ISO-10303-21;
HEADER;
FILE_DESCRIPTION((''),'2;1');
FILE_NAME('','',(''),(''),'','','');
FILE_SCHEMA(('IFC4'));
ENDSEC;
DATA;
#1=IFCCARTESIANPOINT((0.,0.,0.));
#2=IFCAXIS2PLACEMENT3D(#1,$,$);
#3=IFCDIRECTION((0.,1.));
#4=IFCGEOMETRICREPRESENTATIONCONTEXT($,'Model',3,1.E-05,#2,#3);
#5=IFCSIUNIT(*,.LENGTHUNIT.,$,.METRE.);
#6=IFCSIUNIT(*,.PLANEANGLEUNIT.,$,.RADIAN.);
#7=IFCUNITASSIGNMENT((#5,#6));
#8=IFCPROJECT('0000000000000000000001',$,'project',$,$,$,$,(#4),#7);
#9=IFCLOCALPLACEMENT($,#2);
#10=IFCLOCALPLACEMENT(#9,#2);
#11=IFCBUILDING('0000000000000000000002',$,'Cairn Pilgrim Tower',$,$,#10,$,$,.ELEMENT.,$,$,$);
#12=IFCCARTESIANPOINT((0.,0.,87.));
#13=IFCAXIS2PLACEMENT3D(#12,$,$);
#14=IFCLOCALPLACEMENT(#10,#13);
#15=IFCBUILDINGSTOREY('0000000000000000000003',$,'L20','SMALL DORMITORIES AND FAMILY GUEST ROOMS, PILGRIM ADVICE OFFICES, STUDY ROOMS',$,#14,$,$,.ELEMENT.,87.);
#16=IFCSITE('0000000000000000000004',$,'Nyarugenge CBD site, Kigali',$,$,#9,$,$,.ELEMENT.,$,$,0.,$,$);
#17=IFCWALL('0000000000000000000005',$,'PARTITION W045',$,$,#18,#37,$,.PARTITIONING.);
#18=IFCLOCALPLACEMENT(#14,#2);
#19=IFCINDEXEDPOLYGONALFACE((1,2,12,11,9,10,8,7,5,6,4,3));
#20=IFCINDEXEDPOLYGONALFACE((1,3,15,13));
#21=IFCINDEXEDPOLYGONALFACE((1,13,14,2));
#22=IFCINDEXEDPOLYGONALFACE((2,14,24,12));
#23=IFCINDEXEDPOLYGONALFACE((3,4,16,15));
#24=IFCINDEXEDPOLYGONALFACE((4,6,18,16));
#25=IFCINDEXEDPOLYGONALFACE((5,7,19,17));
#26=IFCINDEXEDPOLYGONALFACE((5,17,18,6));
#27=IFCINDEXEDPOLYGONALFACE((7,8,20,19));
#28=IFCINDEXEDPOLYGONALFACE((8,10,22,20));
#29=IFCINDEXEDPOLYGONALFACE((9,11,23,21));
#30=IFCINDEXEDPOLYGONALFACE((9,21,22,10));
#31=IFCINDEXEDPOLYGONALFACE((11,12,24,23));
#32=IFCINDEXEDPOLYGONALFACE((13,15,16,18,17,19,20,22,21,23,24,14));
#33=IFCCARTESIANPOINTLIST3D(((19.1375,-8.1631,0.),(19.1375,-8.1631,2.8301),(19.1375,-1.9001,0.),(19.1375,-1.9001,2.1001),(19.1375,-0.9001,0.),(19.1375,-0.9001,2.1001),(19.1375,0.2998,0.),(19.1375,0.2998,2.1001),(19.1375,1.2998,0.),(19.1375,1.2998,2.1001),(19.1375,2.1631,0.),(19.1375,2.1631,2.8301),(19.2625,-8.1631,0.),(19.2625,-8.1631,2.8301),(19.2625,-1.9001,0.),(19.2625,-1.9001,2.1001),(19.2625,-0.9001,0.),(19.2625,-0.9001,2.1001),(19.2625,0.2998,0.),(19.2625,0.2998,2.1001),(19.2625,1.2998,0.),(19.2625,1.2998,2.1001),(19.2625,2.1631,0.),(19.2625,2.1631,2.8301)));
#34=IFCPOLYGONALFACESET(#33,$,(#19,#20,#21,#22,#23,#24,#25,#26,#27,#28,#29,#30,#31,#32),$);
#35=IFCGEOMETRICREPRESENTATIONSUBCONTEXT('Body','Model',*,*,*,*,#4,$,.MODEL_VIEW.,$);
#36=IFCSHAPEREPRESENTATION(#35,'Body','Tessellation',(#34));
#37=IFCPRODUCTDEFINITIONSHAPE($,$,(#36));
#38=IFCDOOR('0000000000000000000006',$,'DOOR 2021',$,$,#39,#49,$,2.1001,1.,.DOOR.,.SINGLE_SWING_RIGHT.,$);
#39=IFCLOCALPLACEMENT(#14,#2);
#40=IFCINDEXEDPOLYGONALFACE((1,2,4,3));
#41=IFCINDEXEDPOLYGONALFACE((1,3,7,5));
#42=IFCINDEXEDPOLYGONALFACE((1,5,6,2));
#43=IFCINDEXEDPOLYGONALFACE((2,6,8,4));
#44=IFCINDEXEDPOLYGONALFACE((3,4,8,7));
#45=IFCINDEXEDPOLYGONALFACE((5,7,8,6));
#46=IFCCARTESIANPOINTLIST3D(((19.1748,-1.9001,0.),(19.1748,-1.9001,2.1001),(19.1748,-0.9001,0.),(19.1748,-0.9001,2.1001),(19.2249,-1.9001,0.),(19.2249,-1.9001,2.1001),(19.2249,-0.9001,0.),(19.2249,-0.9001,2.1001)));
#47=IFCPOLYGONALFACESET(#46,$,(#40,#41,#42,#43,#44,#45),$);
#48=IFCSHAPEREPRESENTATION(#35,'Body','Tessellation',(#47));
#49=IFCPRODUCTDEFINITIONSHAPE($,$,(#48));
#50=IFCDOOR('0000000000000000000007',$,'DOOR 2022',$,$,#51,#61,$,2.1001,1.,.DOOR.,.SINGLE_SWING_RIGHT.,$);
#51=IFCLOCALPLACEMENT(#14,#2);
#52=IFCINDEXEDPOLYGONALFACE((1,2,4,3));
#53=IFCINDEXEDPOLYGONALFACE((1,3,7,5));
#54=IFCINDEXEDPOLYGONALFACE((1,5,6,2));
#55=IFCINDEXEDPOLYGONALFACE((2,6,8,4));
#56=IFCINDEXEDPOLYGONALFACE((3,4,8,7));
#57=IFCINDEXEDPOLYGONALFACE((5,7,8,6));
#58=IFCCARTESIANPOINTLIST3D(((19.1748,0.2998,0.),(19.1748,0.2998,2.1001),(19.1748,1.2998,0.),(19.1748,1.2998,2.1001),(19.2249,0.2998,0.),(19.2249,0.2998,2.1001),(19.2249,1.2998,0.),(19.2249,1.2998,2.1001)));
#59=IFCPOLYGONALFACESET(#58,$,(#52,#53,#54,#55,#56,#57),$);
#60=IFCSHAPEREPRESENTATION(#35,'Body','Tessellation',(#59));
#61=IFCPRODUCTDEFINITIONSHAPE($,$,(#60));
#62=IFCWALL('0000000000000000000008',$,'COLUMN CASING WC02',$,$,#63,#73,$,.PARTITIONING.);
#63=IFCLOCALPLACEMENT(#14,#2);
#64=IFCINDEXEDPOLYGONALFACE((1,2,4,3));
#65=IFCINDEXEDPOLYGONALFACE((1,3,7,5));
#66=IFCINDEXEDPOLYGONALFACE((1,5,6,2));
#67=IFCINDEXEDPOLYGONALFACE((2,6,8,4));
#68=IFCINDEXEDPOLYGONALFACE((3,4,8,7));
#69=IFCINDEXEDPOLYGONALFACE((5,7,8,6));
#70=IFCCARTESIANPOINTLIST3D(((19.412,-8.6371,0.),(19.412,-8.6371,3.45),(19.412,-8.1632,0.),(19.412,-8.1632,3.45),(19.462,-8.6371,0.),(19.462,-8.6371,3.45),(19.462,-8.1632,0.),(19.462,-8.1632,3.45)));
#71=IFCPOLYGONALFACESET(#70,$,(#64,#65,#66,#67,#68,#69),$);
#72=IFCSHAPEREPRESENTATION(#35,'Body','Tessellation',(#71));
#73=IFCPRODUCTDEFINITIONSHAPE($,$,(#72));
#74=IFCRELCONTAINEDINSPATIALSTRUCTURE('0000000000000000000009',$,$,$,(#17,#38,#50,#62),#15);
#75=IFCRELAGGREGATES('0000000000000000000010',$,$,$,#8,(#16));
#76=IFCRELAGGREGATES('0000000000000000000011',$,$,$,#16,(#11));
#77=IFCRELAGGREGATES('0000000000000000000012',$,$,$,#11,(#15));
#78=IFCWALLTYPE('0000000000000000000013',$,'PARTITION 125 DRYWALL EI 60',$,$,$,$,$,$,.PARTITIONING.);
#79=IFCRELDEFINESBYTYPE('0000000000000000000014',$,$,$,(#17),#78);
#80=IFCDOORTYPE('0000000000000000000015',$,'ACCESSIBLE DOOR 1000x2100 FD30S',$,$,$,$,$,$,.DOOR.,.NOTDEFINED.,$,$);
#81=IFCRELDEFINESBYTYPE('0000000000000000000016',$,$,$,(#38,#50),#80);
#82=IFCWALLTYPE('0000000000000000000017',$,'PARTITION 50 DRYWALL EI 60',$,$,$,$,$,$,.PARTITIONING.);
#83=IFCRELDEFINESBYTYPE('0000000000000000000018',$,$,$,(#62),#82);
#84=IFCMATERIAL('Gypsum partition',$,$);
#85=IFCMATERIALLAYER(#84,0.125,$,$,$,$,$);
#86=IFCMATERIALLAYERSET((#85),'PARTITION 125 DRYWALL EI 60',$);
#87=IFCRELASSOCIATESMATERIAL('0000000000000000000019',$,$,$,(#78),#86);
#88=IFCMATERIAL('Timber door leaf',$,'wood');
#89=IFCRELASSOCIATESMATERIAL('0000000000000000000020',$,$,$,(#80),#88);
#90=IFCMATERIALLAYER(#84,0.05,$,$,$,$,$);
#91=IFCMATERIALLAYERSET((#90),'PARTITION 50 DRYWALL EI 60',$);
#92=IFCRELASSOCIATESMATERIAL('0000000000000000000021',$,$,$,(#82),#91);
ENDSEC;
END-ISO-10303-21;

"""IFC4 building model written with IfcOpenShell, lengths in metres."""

from ifc_helpers import new_model, si_unit, direction, frame, frame_2d, origin, place, context, subcontext, project, spatial, rectangle, extrude, material, layer, layer_set, type_object, element, fill, save


model = new_model("IFC4")

# Units and contexts
model_context = context("Model", 3, precision=1e-05, world=origin(), true_north=direction((0.0, 1.0)))
body_context = subcontext(model_context, "Body", "Model", "MODEL_VIEW")
ifc_project = project(units=[si_unit("LENGTHUNIT", "METRE"), si_unit("PLANEANGLEUNIT", "RADIAN")], contexts=[model_context])

# Site, building, storey
site_placement = place(None, origin())
site = spatial("IfcSite", under=ifc_project, at=site_placement, Name="Nyarugenge CBD site, Kigali", CompositionType="ELEMENT", RefElevation=0.0)
building_placement = place(site_placement, origin())
building = spatial("IfcBuilding", under=site, at=building_placement, Name="Cairn Pilgrim Tower", CompositionType="ELEMENT")
storey_placement = place(building_placement, frame((0.0, 0.0, 87.0)))
storey = spatial("IfcBuildingStorey", under=building, at=storey_placement, Name="L20", Description="SMALL DORMITORIES AND FAMILY GUEST ROOMS, PILGRIM ADVICE OFFICES, STUDY ROOMS", CompositionType="ELEMENT", Elevation=87.0)

# Shared definitions
ifc_material_1 = material(Name="Gypsum partition")
ifc_layer_1 = layer(ifc_material_1, 0.125)
ifc_layer_set_1 = layer_set([ifc_layer_1], Name="PARTITION 125 DRYWALL EI 60")
wall_type_1 = type_object("IfcWallType", Name="PARTITION 125 DRYWALL EI 60", PredefinedType="PARTITIONING", material=ifc_layer_set_1)

# Wall, openings, doors
wall_1_placement = place(storey_placement, frame((19.2, -8.1631, 0.0), z_axis=(0.0, 0.0, 1.0), x_axis=(0.0, 1.0, 0.0)))
wall_1 = element("IfcWall", 1, at=wall_1_placement, inside=storey, type_object=wall_type_1, Name="PARTITION W045", PredefinedType="PARTITIONING", context=body_context, shape_type="SweptSolid", body=[
    extrude(rectangle(XDim=10.3262, YDim=0.125, at=frame_2d((5.1631, 0.0))), origin(), (0.0, 0.0, 1.0), 2.8301),
])
opening_1_placement = place(wall_1_placement, frame((6.2629, 0.0, 0.0)))
opening_1 = element("IfcOpeningElement", 2, at=opening_1_placement, cuts=wall_1, PredefinedType="OPENING", context=body_context, shape_type="SweptSolid", body=[
    extrude(rectangle(XDim=1.0, YDim=2.1001, at=frame_2d((0.5, 1.05))), frame((0.0, 0.0725, 0.0), z_axis=(0.0, -1.0, 0.0), x_axis=(1.0, 0.0, 0.0)), (0.0, 0.0, 1.0), 0.145),
])
opening_2_placement = place(wall_1_placement, frame((8.4629, 0.0, 0.0)))
opening_2 = element("IfcOpeningElement", 3, at=opening_2_placement, cuts=wall_1, PredefinedType="OPENING", context=body_context, shape_type="SweptSolid", body=[
    extrude(rectangle(XDim=1.0, YDim=2.1001, at=frame_2d((0.5, 1.05))), frame((0.0, 0.0725, 0.0), z_axis=(0.0, -1.0, 0.0), x_axis=(1.0, 0.0, 0.0)), (0.0, 0.0, 1.0), 0.145),
])
ifc_material_2 = material(Name="Timber door leaf", Category="wood")
door_type_1 = type_object("IfcDoorType", Name="ACCESSIBLE DOOR 1000x2100 FD30S", OperationType="NOTDEFINED", PredefinedType="DOOR", material=ifc_material_2)
door_1_placement = place(opening_1_placement, frame((1.0, 0.0, 0.0), z_axis=(0.0, 0.0, 1.0), x_axis=(-1.0, 0.0, 0.0)))
door_1 = element("IfcDoor", 4, at=door_1_placement, inside=storey, type_object=door_type_1, Name="DOOR 2021", OperationType="SINGLE_SWING_RIGHT", OverallHeight=2.1001, OverallWidth=1.0, PredefinedType="DOOR", context=body_context, shape_type="SweptSolid", body=[
    extrude(rectangle(XDim=1.0, YDim=2.1001, at=frame_2d((0.5, 1.05))), frame((0.0, 0.0249, 0.0), z_axis=(0.0, -1.0, 0.0), x_axis=(1.0, 0.0, 0.0)), (0.0, 0.0, 1.0), 0.05),
])
fill(opening_1, door_1)
door_2_placement = place(opening_2_placement, frame((1.0, 0.0, 0.0), z_axis=(0.0, 0.0, 1.0), x_axis=(-1.0, 0.0, 0.0)))
door_2 = element("IfcDoor", 5, at=door_2_placement, inside=storey, type_object=door_type_1, Name="DOOR 2022", OperationType="SINGLE_SWING_RIGHT", OverallHeight=2.1001, OverallWidth=1.0, PredefinedType="DOOR", context=body_context, shape_type="SweptSolid", body=[
    extrude(rectangle(XDim=1.0, YDim=2.1001, at=frame_2d((0.5, 1.05))), frame((0.0, 0.0249, 0.0), z_axis=(0.0, -1.0, 0.0), x_axis=(1.0, 0.0, 0.0)), (0.0, 0.0, 1.0), 0.05),
])
fill(opening_2, door_2)

# Wall
ifc_layer_2 = layer(ifc_material_1, 0.05)
ifc_layer_set_2 = layer_set([ifc_layer_2], Name="PARTITION 50 DRYWALL EI 60")
wall_type_2 = type_object("IfcWallType", Name="PARTITION 50 DRYWALL EI 60", PredefinedType="PARTITIONING", material=ifc_layer_set_2)
wall_2_placement = place(storey_placement, frame((19.437, -8.637, 0.0), z_axis=(0.0, 0.0, 1.0), x_axis=(0.0, 1.0, 0.0)))
element("IfcWall", 6, at=wall_2_placement, inside=storey, type_object=wall_type_2, Name="COLUMN CASING WC02", PredefinedType="PARTITIONING", context=body_context, shape_type="SweptSolid", body=[
    extrude(rectangle(XDim=0.4739, YDim=0.05, at=frame_2d((0.2368, 0.0))), origin(), (0.0, 0.0, 1.0), 3.45),
])

save(model, "model.ifc")
